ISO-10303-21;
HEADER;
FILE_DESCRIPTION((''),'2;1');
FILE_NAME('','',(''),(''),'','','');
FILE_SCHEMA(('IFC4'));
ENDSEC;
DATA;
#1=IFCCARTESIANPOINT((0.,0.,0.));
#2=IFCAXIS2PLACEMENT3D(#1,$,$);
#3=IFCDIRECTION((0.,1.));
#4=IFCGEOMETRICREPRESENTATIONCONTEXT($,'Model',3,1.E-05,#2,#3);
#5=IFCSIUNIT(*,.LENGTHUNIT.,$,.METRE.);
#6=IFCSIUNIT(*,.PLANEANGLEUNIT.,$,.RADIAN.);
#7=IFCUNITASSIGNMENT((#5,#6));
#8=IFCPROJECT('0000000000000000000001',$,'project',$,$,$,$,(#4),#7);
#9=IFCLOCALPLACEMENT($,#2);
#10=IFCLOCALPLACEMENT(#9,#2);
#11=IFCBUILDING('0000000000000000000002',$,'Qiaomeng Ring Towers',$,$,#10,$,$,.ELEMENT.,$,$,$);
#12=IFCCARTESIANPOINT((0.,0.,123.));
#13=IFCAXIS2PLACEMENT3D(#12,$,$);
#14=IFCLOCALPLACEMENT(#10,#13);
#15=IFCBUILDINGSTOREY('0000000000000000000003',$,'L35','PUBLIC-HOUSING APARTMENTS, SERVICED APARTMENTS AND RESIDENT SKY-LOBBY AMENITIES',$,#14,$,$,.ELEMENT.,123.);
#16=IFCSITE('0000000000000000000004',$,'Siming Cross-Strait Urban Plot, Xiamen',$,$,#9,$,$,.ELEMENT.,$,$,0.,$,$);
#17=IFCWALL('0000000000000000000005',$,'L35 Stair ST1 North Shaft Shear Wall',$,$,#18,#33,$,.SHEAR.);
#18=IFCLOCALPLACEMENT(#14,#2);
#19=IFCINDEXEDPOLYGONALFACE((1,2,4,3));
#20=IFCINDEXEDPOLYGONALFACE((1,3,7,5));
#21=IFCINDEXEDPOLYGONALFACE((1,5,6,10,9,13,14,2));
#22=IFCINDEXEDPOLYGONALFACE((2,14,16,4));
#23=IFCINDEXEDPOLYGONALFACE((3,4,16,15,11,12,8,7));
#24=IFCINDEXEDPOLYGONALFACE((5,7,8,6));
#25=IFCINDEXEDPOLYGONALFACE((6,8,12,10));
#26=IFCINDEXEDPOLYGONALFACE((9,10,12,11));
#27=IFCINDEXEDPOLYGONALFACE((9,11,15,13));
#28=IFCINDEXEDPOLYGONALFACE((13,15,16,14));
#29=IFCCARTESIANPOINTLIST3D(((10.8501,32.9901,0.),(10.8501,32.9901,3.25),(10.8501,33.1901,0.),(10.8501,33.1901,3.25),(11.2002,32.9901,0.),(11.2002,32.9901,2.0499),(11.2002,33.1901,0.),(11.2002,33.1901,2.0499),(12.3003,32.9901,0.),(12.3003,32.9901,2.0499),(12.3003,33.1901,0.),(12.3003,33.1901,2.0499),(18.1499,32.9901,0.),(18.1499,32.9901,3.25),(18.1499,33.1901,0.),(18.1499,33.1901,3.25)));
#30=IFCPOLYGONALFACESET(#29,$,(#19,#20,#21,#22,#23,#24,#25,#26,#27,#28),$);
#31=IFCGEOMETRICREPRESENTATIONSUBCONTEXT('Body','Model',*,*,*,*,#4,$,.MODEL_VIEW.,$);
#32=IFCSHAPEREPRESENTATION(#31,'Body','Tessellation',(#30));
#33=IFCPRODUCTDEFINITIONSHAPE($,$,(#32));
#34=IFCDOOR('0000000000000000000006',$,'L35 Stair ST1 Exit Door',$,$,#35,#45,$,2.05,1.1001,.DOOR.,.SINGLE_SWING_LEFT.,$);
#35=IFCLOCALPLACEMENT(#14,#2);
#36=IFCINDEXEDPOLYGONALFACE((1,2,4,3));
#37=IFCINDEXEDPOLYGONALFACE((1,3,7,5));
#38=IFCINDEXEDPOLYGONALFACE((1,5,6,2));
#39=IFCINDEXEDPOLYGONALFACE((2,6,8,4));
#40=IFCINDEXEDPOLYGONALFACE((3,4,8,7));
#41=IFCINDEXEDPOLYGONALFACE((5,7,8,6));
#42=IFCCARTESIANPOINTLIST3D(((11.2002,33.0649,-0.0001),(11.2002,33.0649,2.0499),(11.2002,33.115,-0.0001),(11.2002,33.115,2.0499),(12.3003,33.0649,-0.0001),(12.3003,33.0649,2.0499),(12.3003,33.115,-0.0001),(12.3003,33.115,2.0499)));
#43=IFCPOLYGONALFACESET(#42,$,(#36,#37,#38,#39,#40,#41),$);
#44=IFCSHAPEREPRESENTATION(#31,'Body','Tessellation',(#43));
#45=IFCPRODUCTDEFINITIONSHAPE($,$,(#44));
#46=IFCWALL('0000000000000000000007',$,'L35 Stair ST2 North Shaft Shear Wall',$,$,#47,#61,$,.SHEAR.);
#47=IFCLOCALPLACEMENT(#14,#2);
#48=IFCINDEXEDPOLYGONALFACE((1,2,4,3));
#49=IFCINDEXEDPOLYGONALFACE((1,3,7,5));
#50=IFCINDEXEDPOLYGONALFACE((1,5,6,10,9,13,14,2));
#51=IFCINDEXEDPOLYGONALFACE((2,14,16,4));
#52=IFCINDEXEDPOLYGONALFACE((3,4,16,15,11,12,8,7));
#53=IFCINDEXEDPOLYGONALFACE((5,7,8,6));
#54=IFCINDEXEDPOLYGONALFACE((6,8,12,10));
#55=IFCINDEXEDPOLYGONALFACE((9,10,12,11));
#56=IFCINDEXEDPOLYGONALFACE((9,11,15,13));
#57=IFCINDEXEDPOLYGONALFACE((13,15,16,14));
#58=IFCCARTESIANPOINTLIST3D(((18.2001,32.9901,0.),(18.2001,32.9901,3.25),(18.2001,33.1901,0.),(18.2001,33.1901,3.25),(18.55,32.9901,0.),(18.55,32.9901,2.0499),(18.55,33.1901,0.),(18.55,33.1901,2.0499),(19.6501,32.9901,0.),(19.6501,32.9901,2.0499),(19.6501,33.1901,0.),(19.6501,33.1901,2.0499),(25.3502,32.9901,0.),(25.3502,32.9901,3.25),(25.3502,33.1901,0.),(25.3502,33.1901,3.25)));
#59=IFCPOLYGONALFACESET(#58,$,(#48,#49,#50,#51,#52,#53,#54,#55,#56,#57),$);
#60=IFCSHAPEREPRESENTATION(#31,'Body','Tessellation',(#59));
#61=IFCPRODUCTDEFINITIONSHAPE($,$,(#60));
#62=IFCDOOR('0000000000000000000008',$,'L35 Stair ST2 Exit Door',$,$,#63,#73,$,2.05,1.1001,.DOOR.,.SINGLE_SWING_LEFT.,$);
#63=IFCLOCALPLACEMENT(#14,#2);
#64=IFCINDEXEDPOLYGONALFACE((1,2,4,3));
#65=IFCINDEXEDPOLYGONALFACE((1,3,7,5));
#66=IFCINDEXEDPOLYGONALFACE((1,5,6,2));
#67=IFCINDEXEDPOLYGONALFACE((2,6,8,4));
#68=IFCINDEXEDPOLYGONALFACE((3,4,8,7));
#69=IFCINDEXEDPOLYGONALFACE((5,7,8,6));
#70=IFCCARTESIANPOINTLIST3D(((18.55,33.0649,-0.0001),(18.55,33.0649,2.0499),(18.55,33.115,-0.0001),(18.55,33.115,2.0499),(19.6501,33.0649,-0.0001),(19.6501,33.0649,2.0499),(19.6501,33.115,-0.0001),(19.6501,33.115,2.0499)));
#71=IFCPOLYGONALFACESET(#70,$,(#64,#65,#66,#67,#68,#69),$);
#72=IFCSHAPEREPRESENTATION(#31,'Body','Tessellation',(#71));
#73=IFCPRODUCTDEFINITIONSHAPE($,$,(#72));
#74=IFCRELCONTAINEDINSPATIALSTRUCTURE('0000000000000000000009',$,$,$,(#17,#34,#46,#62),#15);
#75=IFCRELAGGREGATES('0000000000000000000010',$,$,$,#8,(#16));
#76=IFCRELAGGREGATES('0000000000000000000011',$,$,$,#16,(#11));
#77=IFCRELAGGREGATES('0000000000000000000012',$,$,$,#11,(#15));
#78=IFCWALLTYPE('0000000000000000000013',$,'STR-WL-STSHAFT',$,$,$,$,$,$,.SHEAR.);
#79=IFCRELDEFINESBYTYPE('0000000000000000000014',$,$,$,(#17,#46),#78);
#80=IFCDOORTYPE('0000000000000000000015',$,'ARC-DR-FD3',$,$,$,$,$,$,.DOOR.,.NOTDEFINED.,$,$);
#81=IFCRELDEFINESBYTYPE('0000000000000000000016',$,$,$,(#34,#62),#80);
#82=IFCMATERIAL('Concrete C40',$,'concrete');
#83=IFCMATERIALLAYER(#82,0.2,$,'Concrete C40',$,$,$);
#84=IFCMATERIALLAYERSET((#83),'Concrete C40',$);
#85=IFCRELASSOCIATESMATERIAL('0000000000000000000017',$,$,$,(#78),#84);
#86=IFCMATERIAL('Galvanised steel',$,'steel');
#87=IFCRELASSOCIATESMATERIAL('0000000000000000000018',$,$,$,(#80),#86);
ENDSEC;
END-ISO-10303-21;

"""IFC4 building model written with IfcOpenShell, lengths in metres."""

from ifc_helpers import new_model, si_unit, direction, frame, frame_2d, origin, place, context, subcontext, project, spatial, rectangle, extrude, source, transform, mapped, material, layer, layer_set, type_object, element, fill, save


model = new_model("IFC4")

# Units and contexts
model_context = context("Model", 3, precision=1e-05, world=origin(), true_north=direction((0.0, 1.0)))
body_context = subcontext(model_context, "Body", "Model", "MODEL_VIEW")
ifc_project = project(units=[si_unit("LENGTHUNIT", "METRE"), si_unit("PLANEANGLEUNIT", "RADIAN")], contexts=[model_context])

# Site, building, storey
site_placement = place(None, origin())
site = spatial("IfcSite", under=ifc_project, at=site_placement, Name="Siming Cross-Strait Urban Plot, Xiamen", CompositionType="ELEMENT", RefElevation=0.0)
building_placement = place(site_placement, origin())
building = spatial("IfcBuilding", under=site, at=building_placement, Name="Qiaomeng Ring Towers", CompositionType="ELEMENT")
storey_placement = place(building_placement, frame((0.0, 0.0, 123.0)))
storey = spatial("IfcBuildingStorey", under=building, at=storey_placement, Name="L35", Description="PUBLIC-HOUSING APARTMENTS, SERVICED APARTMENTS AND RESIDENT SKY-LOBBY AMENITIES", CompositionType="ELEMENT", Elevation=123.0)

# Shared definitions
ifc_material_1 = material(Name="Concrete C40", Category="concrete")
ifc_layer_1 = layer(ifc_material_1, 0.2, Name="Concrete C40")
ifc_layer_set_1 = layer_set([ifc_layer_1], Name="Concrete C40")
wall_type_1 = type_object("IfcWallType", Name="STR-WL-STSHAFT", PredefinedType="SHEAR", material=ifc_layer_set_1)

# Walls, openings, doors
wall_1_placement = place(storey_placement, frame((10.8501, 33.0901, 0.0), z_axis=(0.0, 0.0, 1.0), x_axis=(1.0, 0.0, 0.0)))
wall_1 = element("IfcWall", 1, at=wall_1_placement, inside=storey, type_object=wall_type_1, Name="L35 Stair ST1 North Shaft Shear Wall", PredefinedType="SHEAR", context=body_context, shape_type="SweptSolid", body=[
    extrude(rectangle(XDim=7.2998, YDim=0.2, at=frame_2d((3.6499, 0.0))), origin(), (0.0, 0.0, 1.0), 3.25),
])
opening_1_placement = place(wall_1_placement, frame((0.3501, 0.0, 0.0)))
opening_1 = element("IfcOpeningElement", 2, at=opening_1_placement, cuts=wall_1, PredefinedType="OPENING", context=body_context, shape_type="SweptSolid", body=[
    extrude(rectangle(XDim=1.1001, YDim=2.05, at=frame_2d((0.55, 1.0249))), frame((0.0, 0.1099, 0.0), z_axis=(0.0, -1.0, 0.0), x_axis=(1.0, 0.0, 0.0)), (0.0, 0.0, 1.0), 0.22),
])
ifc_material_2 = material(Name="Galvanised steel", Category="steel")
door_type_1 = type_object("IfcDoorType", Name="ARC-DR-FD3", OperationType="NOTDEFINED", PredefinedType="DOOR", material=ifc_material_2)
shared_shape_1 = source(origin(), body_context, "Body", "SweptSolid", [
    extrude(rectangle(XDim=1.1001, YDim=2.05, at=frame_2d((0.55, 1.0249))), frame((0.0, 0.0249, 0.0), z_axis=(0.0, -1.0, 0.0), x_axis=(1.0, 0.0, 0.0)), (0.0, 0.0, 1.0), 0.05),
])
door_1_placement = place(opening_1_placement, origin())
door_1 = element("IfcDoor", 3, at=door_1_placement, inside=storey, type_object=door_type_1, Name="L35 Stair ST1 Exit Door", OperationType="SINGLE_SWING_LEFT", OverallHeight=2.05, OverallWidth=1.1001, PredefinedType="DOOR", context=body_context, shape_type="MappedRepresentation", body=[
    mapped(shared_shape_1, transform((0.0, 0.0, 0.0), x_axis=(1.0, 0.0, 0.0), y_axis=(0.0, 1.0, 0.0), z_axis=(0.0, 0.0, 1.0), scale=1.0)),
])
fill(opening_1, door_1)
wall_2_placement = place(storey_placement, frame((18.2, 33.0901, 0.0), z_axis=(0.0, 0.0, 1.0), x_axis=(1.0, 0.0, 0.0)))
wall_2 = element("IfcWall", 4, at=wall_2_placement, inside=storey, type_object=wall_type_1, Name="L35 Stair ST2 North Shaft Shear Wall", PredefinedType="SHEAR", context=body_context, shape_type="SweptSolid", body=[
    extrude(rectangle(XDim=7.1501, YDim=0.2, at=frame_2d((3.5752, 0.0))), origin(), (0.0, 0.0, 1.0), 3.25),
])
opening_2_placement = place(wall_2_placement, frame((0.3501, 0.0, 0.0)))
opening_2 = element("IfcOpeningElement", 5, at=opening_2_placement, cuts=wall_2, PredefinedType="OPENING", context=body_context, shape_type="SweptSolid", body=[
    extrude(rectangle(XDim=1.1001, YDim=2.05, at=frame_2d((0.55, 1.0249))), frame((0.0, 0.1099, 0.0), z_axis=(0.0, -1.0, 0.0), x_axis=(1.0, 0.0, 0.0)), (0.0, 0.0, 1.0), 0.22),
])
door_2_placement = place(opening_2_placement, origin())
door_2 = element("IfcDoor", 6, at=door_2_placement, inside=storey, type_object=door_type_1, Name="L35 Stair ST2 Exit Door", OperationType="SINGLE_SWING_LEFT", OverallHeight=2.05, OverallWidth=1.1001, PredefinedType="DOOR", context=body_context, shape_type="MappedRepresentation", body=[
    mapped(shared_shape_1, transform((0.0, 0.0, 0.0), x_axis=(1.0, 0.0, 0.0), y_axis=(0.0, 1.0, 0.0), z_axis=(0.0, 0.0, 1.0), scale=1.0)),
])
fill(opening_2, door_2)

save(model, "model.ifc")
